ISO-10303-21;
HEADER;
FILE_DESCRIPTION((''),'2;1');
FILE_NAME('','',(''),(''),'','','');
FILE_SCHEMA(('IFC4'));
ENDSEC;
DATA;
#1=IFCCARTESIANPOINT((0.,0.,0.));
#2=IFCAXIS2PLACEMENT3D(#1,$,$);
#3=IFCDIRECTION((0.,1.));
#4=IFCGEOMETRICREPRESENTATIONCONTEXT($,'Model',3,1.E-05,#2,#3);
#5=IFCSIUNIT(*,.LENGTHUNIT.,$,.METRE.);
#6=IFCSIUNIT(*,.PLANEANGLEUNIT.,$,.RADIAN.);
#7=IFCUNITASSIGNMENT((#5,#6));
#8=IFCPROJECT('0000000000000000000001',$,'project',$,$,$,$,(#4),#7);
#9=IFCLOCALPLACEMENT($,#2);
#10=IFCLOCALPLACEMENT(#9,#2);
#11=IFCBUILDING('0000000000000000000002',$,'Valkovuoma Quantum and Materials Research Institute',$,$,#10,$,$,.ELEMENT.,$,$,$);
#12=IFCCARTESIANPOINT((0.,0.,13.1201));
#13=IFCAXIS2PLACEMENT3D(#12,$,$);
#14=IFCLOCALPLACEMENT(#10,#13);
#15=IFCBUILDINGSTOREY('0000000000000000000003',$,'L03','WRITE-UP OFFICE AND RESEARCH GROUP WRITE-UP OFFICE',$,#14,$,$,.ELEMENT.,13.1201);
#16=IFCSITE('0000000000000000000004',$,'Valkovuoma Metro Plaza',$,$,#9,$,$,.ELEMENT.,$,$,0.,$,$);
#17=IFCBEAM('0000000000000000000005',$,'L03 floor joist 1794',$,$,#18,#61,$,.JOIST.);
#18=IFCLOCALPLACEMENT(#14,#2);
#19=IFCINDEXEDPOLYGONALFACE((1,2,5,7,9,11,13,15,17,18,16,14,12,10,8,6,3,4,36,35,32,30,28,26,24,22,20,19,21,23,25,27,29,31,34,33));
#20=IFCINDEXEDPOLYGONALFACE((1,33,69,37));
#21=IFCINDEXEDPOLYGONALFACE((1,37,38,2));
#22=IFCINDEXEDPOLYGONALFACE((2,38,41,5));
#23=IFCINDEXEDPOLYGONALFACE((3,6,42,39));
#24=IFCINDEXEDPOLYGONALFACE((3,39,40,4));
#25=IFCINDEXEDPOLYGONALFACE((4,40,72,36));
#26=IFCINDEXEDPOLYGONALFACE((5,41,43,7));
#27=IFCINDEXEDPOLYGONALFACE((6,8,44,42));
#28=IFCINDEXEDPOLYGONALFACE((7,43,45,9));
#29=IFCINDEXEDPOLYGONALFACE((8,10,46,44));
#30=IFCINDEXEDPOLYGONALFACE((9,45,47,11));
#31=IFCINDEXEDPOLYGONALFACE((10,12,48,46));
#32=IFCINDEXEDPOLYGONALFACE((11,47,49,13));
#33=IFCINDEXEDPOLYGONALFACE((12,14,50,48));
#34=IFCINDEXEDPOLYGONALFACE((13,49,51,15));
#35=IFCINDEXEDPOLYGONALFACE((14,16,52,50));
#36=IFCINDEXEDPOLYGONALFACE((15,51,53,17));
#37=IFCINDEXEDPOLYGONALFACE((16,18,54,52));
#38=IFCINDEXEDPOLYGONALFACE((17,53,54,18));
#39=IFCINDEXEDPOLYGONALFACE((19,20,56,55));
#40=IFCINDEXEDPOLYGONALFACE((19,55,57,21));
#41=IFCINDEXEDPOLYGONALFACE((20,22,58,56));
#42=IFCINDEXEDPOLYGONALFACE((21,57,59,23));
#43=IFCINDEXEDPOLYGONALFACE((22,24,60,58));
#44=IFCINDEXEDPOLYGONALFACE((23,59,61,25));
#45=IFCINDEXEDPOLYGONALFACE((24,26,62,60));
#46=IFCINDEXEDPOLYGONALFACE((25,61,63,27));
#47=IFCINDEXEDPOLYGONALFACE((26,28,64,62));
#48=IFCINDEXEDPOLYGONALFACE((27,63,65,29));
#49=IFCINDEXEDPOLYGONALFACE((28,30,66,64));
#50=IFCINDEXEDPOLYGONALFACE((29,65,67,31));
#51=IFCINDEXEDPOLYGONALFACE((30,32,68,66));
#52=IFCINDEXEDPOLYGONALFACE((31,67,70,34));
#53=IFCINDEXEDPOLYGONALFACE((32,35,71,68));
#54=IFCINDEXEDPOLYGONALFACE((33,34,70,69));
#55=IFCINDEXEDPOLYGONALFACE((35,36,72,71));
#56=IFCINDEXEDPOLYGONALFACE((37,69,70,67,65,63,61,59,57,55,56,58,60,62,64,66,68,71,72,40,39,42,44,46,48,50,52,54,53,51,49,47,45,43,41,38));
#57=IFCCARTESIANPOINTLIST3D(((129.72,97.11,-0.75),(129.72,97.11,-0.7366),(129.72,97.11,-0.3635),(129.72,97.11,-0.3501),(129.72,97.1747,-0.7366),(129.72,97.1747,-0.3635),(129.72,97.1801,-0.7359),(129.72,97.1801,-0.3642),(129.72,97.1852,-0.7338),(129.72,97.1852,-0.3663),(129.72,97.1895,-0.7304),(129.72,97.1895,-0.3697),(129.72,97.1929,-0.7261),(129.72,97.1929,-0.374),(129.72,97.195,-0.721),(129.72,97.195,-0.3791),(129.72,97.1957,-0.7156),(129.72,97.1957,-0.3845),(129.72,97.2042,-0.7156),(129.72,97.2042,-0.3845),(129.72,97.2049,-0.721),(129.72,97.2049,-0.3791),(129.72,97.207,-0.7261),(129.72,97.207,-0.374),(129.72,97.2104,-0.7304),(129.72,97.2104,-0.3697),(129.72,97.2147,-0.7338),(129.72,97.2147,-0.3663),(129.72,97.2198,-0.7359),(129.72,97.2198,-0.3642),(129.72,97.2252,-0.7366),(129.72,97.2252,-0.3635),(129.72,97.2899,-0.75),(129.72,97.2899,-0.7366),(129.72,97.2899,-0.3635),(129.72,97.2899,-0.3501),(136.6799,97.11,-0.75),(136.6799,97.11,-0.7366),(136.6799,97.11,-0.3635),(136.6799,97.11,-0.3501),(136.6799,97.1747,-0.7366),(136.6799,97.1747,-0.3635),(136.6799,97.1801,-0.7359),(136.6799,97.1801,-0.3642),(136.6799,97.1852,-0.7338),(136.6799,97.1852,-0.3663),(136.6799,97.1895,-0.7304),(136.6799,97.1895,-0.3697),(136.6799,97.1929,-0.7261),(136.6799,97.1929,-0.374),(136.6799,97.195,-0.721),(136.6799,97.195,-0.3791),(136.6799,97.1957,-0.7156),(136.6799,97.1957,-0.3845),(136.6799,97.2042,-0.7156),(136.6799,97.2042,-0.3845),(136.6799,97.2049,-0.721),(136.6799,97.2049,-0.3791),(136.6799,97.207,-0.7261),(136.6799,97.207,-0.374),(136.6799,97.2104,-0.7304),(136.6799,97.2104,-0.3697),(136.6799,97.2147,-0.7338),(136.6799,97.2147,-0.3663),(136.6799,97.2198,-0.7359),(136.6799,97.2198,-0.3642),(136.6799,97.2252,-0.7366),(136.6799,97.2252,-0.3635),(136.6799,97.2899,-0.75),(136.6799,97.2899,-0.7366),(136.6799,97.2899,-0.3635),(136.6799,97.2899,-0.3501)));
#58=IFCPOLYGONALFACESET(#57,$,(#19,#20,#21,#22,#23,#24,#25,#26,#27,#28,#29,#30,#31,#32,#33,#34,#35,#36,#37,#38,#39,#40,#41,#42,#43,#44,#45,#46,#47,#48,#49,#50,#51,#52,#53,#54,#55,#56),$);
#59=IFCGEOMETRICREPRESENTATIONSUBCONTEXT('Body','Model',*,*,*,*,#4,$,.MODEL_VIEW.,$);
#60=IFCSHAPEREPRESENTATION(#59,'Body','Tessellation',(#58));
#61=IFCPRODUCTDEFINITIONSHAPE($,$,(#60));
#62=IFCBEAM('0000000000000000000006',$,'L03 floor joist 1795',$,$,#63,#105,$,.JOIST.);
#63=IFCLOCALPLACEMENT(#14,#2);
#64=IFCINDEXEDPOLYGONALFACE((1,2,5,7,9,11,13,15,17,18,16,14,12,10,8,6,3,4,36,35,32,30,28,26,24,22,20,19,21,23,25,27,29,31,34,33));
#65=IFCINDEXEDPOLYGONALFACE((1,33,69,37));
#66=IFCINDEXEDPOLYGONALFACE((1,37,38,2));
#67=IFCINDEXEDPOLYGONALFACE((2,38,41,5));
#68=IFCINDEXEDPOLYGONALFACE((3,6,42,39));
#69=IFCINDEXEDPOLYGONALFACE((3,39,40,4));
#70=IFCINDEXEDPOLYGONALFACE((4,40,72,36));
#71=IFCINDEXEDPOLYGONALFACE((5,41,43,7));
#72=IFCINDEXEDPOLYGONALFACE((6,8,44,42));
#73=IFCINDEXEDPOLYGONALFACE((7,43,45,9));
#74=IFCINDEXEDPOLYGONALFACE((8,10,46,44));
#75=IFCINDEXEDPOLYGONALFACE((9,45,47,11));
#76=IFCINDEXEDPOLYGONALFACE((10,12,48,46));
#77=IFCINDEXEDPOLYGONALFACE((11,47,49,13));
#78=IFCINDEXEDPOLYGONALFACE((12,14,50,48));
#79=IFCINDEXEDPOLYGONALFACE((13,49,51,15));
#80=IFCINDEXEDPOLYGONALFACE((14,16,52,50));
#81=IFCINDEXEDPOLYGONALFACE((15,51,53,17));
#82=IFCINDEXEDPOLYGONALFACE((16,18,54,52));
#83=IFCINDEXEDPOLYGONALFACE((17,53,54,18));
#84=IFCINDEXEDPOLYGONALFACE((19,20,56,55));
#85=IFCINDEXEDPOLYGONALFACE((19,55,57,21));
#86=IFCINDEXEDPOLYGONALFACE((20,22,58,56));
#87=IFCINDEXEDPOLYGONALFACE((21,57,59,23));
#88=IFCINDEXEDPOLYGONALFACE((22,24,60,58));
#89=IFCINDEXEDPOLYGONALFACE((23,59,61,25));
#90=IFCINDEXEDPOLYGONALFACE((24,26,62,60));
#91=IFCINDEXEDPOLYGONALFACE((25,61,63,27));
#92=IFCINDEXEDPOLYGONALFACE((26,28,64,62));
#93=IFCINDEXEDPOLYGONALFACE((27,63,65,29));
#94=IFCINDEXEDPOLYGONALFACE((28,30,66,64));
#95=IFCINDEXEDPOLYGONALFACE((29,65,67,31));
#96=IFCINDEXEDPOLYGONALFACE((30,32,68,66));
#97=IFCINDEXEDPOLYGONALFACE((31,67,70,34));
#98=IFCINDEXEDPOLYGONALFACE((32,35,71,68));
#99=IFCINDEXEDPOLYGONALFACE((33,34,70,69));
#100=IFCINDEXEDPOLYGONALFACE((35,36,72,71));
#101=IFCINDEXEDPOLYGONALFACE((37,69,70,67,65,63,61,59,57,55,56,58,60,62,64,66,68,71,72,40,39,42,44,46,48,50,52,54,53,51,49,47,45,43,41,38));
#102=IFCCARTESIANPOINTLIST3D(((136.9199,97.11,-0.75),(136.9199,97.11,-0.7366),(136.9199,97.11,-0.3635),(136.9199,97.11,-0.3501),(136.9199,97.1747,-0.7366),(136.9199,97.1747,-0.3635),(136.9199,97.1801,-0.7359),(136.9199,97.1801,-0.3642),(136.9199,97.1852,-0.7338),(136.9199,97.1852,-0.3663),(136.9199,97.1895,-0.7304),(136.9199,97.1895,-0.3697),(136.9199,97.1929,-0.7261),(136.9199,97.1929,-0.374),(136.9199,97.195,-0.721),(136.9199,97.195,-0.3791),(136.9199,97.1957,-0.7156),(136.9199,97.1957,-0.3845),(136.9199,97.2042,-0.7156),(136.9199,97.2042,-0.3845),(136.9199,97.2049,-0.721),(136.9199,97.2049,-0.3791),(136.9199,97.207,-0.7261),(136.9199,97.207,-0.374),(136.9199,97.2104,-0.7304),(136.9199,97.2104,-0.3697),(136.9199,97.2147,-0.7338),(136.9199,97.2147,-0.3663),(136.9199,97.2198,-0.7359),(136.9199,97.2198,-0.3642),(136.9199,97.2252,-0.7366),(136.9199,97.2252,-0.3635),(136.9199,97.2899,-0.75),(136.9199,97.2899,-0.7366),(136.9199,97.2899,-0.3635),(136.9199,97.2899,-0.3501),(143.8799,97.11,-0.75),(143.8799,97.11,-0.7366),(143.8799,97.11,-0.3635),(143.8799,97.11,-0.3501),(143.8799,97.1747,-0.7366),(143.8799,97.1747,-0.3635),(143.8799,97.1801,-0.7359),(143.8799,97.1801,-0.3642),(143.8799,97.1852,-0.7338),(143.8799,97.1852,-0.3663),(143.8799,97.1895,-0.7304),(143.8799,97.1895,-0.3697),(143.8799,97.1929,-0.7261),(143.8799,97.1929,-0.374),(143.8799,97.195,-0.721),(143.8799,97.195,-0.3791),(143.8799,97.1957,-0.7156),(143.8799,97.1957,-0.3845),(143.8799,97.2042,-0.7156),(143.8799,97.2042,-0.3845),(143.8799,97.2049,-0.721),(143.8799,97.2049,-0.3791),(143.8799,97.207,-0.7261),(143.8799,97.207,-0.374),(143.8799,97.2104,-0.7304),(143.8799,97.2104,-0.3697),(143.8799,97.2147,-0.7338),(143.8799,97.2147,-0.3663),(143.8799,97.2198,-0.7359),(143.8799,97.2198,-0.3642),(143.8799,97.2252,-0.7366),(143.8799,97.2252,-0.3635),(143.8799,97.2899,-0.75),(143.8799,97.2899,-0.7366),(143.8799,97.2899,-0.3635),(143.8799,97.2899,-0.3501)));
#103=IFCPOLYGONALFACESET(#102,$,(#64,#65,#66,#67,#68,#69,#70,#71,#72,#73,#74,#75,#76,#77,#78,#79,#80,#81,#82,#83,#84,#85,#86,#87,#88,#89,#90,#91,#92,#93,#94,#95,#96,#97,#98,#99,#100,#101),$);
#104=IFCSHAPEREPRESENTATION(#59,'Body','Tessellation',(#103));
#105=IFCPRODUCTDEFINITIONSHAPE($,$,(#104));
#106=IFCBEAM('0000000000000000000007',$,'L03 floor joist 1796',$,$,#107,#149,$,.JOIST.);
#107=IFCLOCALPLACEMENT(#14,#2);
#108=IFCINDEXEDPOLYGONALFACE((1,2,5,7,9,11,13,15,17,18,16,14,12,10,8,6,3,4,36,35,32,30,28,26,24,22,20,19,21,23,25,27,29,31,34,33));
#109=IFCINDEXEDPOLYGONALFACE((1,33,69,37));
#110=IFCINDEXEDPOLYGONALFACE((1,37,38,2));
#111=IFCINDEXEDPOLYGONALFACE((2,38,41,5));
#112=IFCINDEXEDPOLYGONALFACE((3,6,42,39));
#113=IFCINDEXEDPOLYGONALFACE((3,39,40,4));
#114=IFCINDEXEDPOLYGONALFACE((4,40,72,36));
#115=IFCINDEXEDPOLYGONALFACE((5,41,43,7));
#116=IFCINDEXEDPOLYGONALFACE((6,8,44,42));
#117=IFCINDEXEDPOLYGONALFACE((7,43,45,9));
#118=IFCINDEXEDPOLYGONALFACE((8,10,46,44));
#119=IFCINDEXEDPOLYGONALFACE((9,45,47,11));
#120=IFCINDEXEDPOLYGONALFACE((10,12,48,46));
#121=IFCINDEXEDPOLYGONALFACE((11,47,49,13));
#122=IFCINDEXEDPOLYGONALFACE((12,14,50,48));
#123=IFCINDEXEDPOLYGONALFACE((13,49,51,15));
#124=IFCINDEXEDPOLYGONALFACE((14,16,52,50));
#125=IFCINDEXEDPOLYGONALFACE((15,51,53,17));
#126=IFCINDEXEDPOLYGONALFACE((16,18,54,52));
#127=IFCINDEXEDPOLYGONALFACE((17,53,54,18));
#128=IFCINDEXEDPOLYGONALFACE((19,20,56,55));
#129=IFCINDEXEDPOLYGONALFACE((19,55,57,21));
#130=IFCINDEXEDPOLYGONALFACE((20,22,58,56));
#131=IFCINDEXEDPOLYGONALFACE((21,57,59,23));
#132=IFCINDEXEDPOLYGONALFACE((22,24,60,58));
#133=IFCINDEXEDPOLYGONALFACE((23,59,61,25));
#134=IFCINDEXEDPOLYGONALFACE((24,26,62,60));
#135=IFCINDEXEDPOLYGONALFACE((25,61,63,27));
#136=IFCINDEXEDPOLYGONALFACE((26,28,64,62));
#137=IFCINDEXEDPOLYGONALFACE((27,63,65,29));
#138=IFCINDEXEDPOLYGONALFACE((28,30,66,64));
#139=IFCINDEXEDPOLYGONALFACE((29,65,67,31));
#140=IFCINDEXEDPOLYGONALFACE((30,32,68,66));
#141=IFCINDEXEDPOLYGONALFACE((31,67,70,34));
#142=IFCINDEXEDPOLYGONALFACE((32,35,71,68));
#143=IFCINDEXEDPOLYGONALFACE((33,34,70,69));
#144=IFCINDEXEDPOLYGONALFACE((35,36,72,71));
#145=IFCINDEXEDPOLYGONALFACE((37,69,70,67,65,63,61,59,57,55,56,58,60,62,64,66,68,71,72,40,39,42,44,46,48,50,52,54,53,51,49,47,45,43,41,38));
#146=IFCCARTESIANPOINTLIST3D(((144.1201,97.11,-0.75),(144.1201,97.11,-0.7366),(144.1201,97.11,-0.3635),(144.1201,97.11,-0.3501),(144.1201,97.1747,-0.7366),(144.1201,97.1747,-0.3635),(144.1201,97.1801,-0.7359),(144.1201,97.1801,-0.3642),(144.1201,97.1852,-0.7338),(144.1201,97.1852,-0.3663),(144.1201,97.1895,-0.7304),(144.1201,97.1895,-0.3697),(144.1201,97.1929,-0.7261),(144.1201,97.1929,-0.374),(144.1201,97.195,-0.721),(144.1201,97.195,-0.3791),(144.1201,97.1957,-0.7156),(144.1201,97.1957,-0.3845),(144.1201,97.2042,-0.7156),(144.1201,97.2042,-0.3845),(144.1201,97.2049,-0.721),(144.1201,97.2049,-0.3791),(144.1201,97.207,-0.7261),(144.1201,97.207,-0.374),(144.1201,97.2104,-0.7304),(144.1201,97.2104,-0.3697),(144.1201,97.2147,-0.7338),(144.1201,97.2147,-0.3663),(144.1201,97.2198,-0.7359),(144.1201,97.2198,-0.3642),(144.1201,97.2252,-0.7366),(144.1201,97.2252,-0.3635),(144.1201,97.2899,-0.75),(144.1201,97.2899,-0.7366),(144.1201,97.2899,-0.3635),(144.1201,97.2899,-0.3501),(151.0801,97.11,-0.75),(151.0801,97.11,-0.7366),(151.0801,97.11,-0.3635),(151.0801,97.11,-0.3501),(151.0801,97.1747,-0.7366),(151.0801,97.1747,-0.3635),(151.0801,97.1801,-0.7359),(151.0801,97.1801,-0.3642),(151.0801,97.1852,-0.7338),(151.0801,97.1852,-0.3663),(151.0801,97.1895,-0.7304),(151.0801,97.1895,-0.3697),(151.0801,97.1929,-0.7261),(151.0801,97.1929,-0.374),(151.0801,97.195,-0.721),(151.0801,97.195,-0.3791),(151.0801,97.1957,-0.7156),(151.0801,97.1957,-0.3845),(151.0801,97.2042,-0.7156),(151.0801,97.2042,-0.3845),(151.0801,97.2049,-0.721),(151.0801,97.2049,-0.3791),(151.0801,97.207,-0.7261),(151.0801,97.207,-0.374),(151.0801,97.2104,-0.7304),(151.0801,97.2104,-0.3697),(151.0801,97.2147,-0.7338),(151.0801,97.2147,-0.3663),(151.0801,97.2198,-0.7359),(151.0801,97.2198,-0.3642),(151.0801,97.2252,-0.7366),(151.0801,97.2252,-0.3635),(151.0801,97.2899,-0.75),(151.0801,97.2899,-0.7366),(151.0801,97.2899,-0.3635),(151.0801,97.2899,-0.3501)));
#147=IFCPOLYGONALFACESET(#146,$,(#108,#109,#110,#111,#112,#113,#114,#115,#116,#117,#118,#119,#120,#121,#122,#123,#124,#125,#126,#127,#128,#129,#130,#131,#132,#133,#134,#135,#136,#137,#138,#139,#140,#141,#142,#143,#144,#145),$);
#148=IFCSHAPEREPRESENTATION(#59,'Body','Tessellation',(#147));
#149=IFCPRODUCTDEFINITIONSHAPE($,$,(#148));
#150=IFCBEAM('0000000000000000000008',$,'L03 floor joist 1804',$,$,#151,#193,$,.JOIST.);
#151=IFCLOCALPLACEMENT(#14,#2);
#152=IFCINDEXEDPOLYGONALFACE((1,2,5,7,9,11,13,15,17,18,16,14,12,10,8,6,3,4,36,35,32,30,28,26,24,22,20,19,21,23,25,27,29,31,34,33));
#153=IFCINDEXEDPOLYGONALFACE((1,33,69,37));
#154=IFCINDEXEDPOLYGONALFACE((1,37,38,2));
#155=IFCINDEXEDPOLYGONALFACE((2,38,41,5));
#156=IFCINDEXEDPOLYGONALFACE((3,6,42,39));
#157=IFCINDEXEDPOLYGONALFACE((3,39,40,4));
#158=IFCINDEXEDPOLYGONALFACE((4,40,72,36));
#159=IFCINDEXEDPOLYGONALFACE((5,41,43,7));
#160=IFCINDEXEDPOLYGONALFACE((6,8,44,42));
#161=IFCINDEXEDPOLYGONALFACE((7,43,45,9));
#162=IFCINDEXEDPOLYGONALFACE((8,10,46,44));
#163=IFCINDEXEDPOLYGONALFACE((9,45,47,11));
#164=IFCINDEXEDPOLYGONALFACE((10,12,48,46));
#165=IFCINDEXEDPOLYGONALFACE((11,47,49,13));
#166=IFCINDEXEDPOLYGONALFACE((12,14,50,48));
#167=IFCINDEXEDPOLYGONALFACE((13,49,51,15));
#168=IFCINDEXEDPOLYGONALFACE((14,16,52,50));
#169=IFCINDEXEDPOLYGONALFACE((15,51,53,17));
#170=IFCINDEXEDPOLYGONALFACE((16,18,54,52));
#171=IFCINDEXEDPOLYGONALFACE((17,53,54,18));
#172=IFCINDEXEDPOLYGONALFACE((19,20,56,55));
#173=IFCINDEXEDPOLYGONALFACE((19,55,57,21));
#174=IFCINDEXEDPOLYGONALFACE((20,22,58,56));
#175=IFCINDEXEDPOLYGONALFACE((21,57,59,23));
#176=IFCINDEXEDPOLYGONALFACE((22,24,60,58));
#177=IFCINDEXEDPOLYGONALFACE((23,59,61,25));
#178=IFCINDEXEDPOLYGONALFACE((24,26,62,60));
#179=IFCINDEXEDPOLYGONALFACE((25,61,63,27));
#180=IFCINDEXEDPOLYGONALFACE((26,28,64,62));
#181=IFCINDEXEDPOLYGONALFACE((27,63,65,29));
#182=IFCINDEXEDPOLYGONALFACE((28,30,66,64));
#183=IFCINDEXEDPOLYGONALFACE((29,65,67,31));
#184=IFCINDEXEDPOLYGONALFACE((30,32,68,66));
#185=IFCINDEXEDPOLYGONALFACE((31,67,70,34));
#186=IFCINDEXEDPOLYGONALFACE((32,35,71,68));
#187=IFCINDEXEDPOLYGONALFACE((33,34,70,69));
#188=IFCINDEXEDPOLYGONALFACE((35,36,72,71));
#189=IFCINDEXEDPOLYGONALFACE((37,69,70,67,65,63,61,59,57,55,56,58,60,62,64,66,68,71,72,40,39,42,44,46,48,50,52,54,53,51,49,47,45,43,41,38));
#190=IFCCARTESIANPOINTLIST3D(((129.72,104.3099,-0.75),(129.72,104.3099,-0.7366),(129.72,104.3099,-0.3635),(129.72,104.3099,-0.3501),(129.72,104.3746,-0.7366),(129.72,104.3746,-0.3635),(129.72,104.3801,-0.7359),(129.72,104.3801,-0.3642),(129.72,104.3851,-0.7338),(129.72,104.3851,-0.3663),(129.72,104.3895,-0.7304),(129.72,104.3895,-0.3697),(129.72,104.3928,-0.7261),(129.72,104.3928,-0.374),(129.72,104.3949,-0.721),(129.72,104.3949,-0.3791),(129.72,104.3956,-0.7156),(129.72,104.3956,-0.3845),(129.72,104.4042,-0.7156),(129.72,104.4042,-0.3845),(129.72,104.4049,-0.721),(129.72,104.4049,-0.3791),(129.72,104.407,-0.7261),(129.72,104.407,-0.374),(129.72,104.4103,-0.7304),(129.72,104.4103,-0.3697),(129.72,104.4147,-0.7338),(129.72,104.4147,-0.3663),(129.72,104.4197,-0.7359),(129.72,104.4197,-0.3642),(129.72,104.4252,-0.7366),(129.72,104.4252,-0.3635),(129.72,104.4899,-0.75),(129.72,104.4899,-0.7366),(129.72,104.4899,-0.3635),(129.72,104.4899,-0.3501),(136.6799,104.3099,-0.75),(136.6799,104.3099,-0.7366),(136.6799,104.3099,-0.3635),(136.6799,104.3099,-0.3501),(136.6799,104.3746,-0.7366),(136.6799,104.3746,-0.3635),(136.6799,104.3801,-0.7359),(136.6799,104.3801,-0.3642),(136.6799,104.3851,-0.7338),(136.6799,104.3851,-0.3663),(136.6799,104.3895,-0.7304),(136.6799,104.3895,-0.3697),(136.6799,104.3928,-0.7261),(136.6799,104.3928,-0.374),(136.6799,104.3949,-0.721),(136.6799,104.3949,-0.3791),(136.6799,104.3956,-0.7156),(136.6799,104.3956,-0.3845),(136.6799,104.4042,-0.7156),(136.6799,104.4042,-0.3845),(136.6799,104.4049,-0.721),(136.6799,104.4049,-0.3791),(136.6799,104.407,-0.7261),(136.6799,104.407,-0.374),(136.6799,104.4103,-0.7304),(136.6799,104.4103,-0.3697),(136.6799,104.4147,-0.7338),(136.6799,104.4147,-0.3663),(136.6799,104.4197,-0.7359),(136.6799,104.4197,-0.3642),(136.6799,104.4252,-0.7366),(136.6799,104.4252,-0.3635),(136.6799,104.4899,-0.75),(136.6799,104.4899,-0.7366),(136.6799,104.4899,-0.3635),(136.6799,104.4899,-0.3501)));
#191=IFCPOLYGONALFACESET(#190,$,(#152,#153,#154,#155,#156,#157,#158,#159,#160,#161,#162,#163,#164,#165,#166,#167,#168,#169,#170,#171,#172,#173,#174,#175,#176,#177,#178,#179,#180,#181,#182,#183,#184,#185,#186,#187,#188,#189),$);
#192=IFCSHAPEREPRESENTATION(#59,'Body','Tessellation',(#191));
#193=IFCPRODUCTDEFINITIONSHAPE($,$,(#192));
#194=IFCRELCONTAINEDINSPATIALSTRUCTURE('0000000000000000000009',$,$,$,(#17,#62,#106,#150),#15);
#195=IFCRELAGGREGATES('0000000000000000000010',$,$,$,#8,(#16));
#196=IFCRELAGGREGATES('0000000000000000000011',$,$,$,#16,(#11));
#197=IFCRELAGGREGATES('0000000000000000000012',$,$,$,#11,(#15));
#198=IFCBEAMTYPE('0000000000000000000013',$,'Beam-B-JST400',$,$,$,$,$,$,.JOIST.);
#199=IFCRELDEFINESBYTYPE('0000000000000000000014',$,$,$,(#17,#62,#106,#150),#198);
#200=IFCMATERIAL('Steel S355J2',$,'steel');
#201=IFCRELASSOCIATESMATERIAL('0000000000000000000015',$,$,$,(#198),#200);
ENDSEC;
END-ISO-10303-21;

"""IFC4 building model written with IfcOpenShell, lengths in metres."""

from ifc_helpers import new_model, si_unit, direction, frame, origin, origin_2d, place, context, subcontext, project, spatial, i_section, extrude, material, material_profile, profile_set, type_object, element, save


model = new_model("IFC4")

# Units and contexts
model_context = context("Model", 3, precision=1e-05, world=origin(), true_north=direction((0.0, 1.0)))
body_context = subcontext(model_context, "Body", "Model", "MODEL_VIEW")
ifc_project = project(units=[si_unit("LENGTHUNIT", "METRE"), si_unit("PLANEANGLEUNIT", "RADIAN")], contexts=[model_context])

# Site, building, storey
site_placement = place(None, origin())
site = spatial("IfcSite", under=ifc_project, at=site_placement, Name="Valkovuoma Metro Plaza", CompositionType="ELEMENT", RefElevation=0.0)
building_placement = place(site_placement, origin())
building = spatial("IfcBuilding", under=site, at=building_placement, Name="Valkovuoma Quantum and Materials Research Institute", CompositionType="ELEMENT")
storey_placement = place(building_placement, frame((0.0, 0.0, 13.1201)))
storey = spatial("IfcBuildingStorey", under=building, at=storey_placement, Name="L03", Description="WRITE-UP OFFICE AND RESEARCH GROUP WRITE-UP OFFICE", CompositionType="ELEMENT", Elevation=13.1201)

# Beams
ifc_material_1 = material(Name="Steel S355J2", Category="steel")
ifc_material_profile_1 = material_profile(ifc_material_1, i_section(OverallWidth=0.1799, OverallDepth=0.3999, WebThickness=0.0085, FlangeThickness=0.0134, FilletRadius=0.021, at=origin_2d()), Name="Steel S355J2")
ifc_profile_set_1 = profile_set([ifc_material_profile_1], Name="Steel S355J2")
beam_type_1 = type_object("IfcBeamType", Name="Beam-B-JST400", PredefinedType="JOIST", material=ifc_profile_set_1)
for number, where, z_axis, x_axis, name in (
    (1, (129.72, 97.2, -0.55), (1.0, 0.0, 0.0), (0.0, 1.0, 0.0), "L03 floor joist 1794"),
    (2, (136.9199, 97.2, -0.55), (1.0, 0.0, 0.0), (0.0, 1.0, 0.0), "L03 floor joist 1795"),
    (3, (144.1201, 97.2, -0.55), (1.0, 0.0, 0.0), (0.0, 1.0, 0.0), "L03 floor joist 1796"),
    (4, (129.72, 104.3999, -0.55), (1.0, 0.0, 0.0), (0.0, 1.0, 0.0), "L03 floor joist 1804"),
):
    element("IfcBeam", number, at=place(storey_placement, frame(where, z_axis=z_axis, x_axis=x_axis)), inside=storey, type_object=beam_type_1, Name=name, PredefinedType="JOIST", context=body_context, shape_type="SweptSolid", body=[
        extrude(i_section(OverallWidth=0.1799, OverallDepth=0.3999, WebThickness=0.0085, FlangeThickness=0.0134, FilletRadius=0.021, at=origin_2d()), origin(), (0.0, 0.0, 1.0), 6.96),
    ])

save(model, "model.ifc")
